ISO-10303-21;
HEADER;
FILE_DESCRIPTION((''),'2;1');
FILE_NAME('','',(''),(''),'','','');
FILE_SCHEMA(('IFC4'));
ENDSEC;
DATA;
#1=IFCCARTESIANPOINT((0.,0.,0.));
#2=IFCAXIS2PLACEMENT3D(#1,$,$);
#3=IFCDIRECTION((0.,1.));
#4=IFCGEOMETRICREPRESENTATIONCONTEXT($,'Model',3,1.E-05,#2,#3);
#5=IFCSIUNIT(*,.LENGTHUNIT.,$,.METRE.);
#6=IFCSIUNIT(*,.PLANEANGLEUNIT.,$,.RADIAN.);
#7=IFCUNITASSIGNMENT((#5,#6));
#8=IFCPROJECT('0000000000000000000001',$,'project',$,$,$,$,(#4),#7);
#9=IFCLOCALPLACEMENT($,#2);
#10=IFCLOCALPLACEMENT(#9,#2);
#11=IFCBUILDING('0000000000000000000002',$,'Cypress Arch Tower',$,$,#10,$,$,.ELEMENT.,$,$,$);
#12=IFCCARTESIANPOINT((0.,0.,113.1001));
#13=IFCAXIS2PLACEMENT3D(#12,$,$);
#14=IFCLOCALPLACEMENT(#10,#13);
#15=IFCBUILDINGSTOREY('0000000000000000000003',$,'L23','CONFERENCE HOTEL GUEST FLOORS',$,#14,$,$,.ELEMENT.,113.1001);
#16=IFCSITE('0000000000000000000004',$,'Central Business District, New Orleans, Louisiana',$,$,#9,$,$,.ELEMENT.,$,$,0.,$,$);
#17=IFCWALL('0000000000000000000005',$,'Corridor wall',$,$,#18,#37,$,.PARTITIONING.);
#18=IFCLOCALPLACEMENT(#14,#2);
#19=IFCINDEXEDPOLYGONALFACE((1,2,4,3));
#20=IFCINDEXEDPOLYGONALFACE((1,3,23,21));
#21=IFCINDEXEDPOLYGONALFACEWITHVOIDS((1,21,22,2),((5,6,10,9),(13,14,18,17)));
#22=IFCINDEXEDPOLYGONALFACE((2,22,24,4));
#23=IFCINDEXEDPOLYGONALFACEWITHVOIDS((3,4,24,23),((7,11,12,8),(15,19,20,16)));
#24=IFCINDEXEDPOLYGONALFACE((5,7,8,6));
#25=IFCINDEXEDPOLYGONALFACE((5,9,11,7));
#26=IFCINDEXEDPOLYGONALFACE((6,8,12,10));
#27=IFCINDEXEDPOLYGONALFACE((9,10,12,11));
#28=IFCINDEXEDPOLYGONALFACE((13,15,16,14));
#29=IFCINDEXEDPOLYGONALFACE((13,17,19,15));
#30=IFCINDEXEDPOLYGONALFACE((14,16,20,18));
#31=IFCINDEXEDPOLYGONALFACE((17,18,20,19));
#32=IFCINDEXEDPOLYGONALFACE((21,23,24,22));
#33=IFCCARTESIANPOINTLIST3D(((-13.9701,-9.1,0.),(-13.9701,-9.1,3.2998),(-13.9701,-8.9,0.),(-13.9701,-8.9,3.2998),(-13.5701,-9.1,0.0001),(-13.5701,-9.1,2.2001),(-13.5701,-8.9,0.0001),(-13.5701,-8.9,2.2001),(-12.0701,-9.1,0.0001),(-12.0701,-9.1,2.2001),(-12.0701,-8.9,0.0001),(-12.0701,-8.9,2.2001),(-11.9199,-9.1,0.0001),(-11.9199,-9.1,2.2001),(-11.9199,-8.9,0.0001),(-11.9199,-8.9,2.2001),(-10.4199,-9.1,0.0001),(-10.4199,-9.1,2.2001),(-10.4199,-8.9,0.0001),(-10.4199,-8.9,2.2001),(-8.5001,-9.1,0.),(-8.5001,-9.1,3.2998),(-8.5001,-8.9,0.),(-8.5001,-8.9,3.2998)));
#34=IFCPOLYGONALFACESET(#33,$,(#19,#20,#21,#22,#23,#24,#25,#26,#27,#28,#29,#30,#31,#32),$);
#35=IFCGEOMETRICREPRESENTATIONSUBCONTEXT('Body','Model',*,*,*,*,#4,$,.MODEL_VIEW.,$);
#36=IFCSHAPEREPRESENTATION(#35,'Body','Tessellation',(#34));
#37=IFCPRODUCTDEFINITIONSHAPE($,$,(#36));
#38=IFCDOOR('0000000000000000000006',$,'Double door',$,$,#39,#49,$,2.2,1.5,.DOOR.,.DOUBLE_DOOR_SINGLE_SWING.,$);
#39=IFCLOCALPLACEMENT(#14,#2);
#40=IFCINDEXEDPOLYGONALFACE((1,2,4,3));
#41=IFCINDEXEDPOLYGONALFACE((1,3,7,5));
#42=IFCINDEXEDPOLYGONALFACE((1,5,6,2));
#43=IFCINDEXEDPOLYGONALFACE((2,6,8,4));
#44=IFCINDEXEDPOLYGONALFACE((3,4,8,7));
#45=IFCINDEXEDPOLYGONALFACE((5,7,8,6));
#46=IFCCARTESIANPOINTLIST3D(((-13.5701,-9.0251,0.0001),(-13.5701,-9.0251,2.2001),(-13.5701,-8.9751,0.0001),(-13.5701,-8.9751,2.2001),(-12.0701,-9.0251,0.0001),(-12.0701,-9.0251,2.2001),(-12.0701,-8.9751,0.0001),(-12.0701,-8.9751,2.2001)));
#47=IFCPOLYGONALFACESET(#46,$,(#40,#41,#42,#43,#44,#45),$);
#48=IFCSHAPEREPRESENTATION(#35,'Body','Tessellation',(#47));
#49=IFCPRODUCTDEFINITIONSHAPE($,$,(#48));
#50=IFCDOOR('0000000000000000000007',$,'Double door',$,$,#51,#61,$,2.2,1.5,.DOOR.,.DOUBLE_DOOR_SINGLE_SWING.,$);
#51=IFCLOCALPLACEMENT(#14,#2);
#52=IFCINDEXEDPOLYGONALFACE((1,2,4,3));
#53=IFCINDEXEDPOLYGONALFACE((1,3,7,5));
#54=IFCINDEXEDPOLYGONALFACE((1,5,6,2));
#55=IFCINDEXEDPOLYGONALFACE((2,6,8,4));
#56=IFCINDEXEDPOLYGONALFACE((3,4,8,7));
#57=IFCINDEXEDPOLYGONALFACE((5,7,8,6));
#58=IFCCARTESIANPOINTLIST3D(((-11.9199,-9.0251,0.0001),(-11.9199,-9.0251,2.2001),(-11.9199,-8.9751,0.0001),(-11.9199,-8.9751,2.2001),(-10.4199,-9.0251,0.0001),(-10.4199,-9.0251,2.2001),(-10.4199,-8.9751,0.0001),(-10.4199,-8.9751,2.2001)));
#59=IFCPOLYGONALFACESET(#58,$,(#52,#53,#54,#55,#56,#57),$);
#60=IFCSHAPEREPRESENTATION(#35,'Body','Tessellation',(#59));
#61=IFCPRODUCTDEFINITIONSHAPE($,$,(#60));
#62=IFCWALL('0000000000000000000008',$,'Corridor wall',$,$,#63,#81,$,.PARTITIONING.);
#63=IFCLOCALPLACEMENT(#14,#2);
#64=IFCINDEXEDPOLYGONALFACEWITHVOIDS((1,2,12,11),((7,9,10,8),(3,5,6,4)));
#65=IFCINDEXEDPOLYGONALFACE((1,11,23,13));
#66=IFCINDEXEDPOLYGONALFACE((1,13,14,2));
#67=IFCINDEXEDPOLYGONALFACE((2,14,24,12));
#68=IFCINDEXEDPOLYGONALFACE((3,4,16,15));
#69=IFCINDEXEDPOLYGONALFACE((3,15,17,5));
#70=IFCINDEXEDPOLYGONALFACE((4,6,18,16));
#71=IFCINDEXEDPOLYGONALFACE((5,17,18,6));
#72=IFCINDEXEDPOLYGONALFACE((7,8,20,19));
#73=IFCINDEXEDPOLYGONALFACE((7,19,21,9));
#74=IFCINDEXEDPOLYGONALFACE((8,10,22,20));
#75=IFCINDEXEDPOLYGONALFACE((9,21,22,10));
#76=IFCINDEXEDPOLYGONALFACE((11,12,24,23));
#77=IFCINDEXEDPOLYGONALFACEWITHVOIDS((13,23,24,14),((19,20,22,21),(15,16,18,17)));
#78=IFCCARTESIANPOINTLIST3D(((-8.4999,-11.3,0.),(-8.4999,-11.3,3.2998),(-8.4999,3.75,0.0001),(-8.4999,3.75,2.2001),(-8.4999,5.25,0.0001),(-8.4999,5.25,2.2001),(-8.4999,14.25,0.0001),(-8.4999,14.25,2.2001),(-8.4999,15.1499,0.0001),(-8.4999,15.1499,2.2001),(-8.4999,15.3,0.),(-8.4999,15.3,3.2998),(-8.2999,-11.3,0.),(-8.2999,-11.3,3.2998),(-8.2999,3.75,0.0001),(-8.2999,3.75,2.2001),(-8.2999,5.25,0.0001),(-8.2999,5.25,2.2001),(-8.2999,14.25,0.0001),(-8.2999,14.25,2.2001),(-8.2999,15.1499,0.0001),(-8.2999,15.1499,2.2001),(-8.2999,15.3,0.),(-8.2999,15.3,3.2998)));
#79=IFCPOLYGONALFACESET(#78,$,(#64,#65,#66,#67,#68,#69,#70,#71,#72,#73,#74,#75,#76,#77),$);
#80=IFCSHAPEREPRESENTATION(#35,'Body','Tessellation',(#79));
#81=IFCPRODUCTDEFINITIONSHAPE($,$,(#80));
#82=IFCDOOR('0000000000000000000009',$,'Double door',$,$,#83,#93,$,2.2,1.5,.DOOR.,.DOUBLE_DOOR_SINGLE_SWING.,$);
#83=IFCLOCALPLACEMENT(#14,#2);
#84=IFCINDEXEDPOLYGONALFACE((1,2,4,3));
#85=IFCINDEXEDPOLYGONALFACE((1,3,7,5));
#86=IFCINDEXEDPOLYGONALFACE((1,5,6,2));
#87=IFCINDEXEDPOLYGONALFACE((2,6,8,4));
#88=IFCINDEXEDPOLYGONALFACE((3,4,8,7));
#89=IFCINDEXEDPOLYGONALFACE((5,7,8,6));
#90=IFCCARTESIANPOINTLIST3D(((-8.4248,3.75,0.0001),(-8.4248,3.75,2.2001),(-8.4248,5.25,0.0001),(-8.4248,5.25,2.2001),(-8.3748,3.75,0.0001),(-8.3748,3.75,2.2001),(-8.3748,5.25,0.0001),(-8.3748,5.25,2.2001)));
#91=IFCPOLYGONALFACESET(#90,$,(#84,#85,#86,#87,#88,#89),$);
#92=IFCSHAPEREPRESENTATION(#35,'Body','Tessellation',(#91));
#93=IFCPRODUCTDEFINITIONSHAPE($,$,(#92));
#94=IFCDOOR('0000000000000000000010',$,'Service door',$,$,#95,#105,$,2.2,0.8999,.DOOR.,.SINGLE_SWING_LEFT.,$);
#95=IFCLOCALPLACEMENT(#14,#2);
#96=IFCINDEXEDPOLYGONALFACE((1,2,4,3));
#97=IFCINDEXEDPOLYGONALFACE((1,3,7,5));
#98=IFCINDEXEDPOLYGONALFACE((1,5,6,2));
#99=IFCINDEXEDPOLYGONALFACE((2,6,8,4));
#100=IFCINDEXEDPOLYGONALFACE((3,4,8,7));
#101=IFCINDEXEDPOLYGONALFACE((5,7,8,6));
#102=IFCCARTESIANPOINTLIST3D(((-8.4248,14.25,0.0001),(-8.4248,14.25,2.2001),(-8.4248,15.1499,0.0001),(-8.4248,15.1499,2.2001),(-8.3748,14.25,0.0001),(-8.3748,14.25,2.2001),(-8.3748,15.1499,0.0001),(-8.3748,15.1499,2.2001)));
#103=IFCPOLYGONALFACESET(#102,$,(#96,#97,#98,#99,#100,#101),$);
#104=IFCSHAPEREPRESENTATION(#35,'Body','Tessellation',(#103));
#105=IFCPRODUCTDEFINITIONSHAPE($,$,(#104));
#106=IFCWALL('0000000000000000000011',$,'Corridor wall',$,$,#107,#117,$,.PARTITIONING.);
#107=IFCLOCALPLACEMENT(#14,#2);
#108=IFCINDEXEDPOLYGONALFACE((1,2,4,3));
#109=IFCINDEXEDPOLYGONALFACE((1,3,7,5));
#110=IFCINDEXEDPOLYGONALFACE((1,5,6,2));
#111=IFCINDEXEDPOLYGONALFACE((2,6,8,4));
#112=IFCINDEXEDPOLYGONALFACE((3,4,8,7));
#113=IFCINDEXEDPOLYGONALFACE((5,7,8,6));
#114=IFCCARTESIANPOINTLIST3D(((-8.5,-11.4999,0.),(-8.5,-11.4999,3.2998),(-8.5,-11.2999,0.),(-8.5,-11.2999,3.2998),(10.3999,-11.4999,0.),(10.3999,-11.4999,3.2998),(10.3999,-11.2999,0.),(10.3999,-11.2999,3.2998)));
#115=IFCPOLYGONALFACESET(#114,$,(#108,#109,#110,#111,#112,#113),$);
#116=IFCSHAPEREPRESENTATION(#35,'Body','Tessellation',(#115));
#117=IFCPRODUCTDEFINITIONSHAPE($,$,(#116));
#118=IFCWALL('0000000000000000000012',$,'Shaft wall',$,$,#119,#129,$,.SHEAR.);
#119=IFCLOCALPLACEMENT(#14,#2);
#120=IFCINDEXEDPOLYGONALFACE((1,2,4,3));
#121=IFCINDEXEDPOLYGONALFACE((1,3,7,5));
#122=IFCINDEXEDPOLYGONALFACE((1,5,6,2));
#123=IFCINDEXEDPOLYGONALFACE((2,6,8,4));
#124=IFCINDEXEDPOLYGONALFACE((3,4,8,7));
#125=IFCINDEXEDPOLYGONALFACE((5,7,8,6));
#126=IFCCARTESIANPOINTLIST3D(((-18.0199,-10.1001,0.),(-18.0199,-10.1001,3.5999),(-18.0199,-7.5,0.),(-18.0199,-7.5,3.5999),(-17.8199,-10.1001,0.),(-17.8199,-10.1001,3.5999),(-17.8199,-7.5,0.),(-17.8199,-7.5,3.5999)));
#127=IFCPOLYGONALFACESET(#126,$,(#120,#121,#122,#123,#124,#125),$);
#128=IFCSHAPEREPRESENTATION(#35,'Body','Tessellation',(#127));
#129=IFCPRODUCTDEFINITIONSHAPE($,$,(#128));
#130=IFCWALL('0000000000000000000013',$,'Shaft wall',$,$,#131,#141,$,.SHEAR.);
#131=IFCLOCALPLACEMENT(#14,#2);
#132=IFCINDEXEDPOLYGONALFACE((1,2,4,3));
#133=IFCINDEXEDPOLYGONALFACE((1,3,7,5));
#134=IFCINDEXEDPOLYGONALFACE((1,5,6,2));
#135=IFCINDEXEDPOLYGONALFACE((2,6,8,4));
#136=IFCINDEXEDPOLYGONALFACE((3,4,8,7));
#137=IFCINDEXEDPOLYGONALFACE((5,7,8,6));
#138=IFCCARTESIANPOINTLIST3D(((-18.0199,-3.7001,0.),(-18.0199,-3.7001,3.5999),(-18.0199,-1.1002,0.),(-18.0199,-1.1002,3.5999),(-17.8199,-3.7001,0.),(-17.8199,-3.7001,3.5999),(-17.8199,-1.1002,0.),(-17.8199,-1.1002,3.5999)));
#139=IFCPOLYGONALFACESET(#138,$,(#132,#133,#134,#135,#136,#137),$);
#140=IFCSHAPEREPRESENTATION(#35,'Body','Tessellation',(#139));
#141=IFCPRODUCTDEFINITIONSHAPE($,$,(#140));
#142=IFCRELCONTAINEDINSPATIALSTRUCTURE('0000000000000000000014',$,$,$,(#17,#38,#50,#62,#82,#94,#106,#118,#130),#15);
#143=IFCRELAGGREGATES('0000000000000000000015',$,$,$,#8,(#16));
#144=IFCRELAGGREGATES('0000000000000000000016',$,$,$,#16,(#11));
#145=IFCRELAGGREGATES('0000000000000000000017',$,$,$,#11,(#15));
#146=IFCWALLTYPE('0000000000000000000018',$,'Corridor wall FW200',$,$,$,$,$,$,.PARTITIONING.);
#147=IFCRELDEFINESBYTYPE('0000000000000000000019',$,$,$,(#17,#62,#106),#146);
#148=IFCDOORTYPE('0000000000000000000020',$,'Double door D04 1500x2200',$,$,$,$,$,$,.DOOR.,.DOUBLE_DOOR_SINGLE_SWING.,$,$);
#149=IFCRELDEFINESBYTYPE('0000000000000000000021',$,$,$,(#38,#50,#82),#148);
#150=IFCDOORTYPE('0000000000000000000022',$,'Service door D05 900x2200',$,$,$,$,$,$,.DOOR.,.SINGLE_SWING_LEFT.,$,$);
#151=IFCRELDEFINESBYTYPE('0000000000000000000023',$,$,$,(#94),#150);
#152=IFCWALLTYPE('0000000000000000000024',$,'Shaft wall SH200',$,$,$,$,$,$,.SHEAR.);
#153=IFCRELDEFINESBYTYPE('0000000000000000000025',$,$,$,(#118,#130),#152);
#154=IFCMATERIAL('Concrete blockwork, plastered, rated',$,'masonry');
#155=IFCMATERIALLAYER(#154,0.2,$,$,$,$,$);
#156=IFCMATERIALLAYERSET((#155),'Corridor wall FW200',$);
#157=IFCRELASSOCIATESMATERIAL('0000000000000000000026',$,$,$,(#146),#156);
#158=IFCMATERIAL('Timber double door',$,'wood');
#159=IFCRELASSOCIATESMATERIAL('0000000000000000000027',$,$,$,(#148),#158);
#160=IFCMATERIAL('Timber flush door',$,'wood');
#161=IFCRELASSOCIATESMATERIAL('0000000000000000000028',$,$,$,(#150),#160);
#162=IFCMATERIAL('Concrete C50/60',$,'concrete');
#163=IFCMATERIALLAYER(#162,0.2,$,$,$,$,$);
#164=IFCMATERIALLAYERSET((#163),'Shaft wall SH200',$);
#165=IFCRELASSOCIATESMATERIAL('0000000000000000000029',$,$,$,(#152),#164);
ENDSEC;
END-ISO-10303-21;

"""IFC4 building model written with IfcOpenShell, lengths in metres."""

from ifc_helpers import new_model, si_unit, direction, frame, frame_2d, origin, place, context, subcontext, project, spatial, rectangle, extrude, material, layer, layer_set, type_object, element, fill, save


model = new_model("IFC4")

# Units and contexts
model_context = context("Model", 3, precision=1e-05, world=origin(), true_north=direction((0.0, 1.0)))
body_context = subcontext(model_context, "Body", "Model", "MODEL_VIEW")
ifc_project = project(units=[si_unit("LENGTHUNIT", "METRE"), si_unit("PLANEANGLEUNIT", "RADIAN")], contexts=[model_context])

# Site, building, storey
site_placement = place(None, origin())
site = spatial("IfcSite", under=ifc_project, at=site_placement, Name="Central Business District, New Orleans, Louisiana", CompositionType="ELEMENT", RefElevation=0.0)
building_placement = place(site_placement, origin())
building = spatial("IfcBuilding", under=site, at=building_placement, Name="Cypress Arch Tower", CompositionType="ELEMENT")
storey_placement = place(building_placement, frame((0.0, 0.0, 113.1001)))
storey = spatial("IfcBuildingStorey", under=building, at=storey_placement, Name="L23", Description="CONFERENCE HOTEL GUEST FLOORS", CompositionType="ELEMENT", Elevation=113.1001)

# Shared definitions
ifc_material_1 = material(Name="Concrete blockwork, plastered, rated", Category="masonry")
ifc_layer_1 = layer(ifc_material_1, 0.2)
ifc_layer_set_1 = layer_set([ifc_layer_1], Name="Corridor wall FW200")
wall_type_1 = type_object("IfcWallType", Name="Corridor wall FW200", PredefinedType="PARTITIONING", material=ifc_layer_set_1)

# Walls, openings, doors
wall_1_placement = place(storey_placement, frame((-13.97, -9.0, 0.0), z_axis=(0.0, 0.0, 1.0), x_axis=(1.0, 0.0, 0.0)))
wall_1 = element("IfcWall", 1, at=wall_1_placement, inside=storey, type_object=wall_type_1, Name="Corridor wall", PredefinedType="PARTITIONING", context=body_context, shape_type="SweptSolid", body=[
    extrude(rectangle(XDim=5.47, YDim=0.2, at=frame_2d((2.7349, 0.0))), origin(), (0.0, 0.0, 1.0), 3.2998),
])
opening_1_placement = place(wall_1_placement, frame((0.3999, 0.0, 0.0)))
opening_1 = element("IfcOpeningElement", 2, at=opening_1_placement, cuts=wall_1, PredefinedType="OPENING", context=body_context, shape_type="SweptSolid", body=[
    extrude(rectangle(XDim=1.5, YDim=2.2, at=frame_2d((0.75, 1.1001))), frame((0.0, 0.1099, 0.0), z_axis=(0.0, -1.0, 0.0), x_axis=(1.0, 0.0, 0.0)), (0.0, 0.0, 1.0), 0.22),
])
opening_2_placement = place(wall_1_placement, frame((2.05, 0.0, 0.0)))
opening_2 = element("IfcOpeningElement", 3, at=opening_2_placement, cuts=wall_1, PredefinedType="OPENING", context=body_context, shape_type="SweptSolid", body=[
    extrude(rectangle(XDim=1.5, YDim=2.2, at=frame_2d((0.75, 1.1001))), frame((0.0, 0.1099, 0.0), z_axis=(0.0, -1.0, 0.0), x_axis=(1.0, 0.0, 0.0)), (0.0, 0.0, 1.0), 0.22),
])
ifc_material_2 = material(Name="Timber double door", Category="wood")
door_type_1 = type_object("IfcDoorType", Name="Double door D04 1500x2200", OperationType="DOUBLE_DOOR_SINGLE_SWING", PredefinedType="DOOR", material=ifc_material_2)
door_1_placement = place(opening_1_placement, origin())
door_1 = element("IfcDoor", 4, at=door_1_placement, inside=storey, type_object=door_type_1, Name="Double door", OperationType="DOUBLE_DOOR_SINGLE_SWING", OverallHeight=2.2, OverallWidth=1.5, PredefinedType="DOOR", context=body_context, shape_type="SweptSolid", body=[
    extrude(rectangle(XDim=1.5, YDim=2.2, at=frame_2d((0.75, 1.1001))), frame((0.0, 0.0249, 0.0), z_axis=(0.0, -1.0, 0.0), x_axis=(1.0, 0.0, 0.0)), (0.0, 0.0, 1.0), 0.05),
])
fill(opening_1, door_1)
door_2_placement = place(opening_2_placement, origin())
door_2 = element("IfcDoor", 5, at=door_2_placement, inside=storey, type_object=door_type_1, Name="Double door", OperationType="DOUBLE_DOOR_SINGLE_SWING", OverallHeight=2.2, OverallWidth=1.5, PredefinedType="DOOR", context=body_context, shape_type="SweptSolid", body=[
    extrude(rectangle(XDim=1.5, YDim=2.2, at=frame_2d((0.75, 1.1001))), frame((0.0, 0.0249, 0.0), z_axis=(0.0, -1.0, 0.0), x_axis=(1.0, 0.0, 0.0)), (0.0, 0.0, 1.0), 0.05),
])
fill(opening_2, door_2)
wall_2_placement = place(storey_placement, frame((-8.3999, -11.3, 0.0), z_axis=(0.0, 0.0, 1.0), x_axis=(0.0, 1.0, 0.0)))
wall_2 = element("IfcWall", 6, at=wall_2_placement, inside=storey, type_object=wall_type_1, Name="Corridor wall", PredefinedType="PARTITIONING", context=body_context, shape_type="SweptSolid", body=[
    extrude(rectangle(XDim=26.6001, YDim=0.2, at=frame_2d((13.3, 0.0))), origin(), (0.0, 0.0, 1.0), 3.2998),
])
opening_3_placement = place(wall_2_placement, frame((15.05, 0.0, 0.0)))
opening_3 = element("IfcOpeningElement", 7, at=opening_3_placement, cuts=wall_2, PredefinedType="OPENING", context=body_context, shape_type="SweptSolid", body=[
    extrude(rectangle(XDim=1.5, YDim=2.2, at=frame_2d((0.75, 1.1001))), frame((0.0, 0.1099, 0.0), z_axis=(0.0, -1.0, 0.0), x_axis=(1.0, 0.0, 0.0)), (0.0, 0.0, 1.0), 0.22),
])
opening_4_placement = place(wall_2_placement, frame((25.55, 0.0, 0.0)))
opening_4 = element("IfcOpeningElement", 8, at=opening_4_placement, cuts=wall_2, PredefinedType="OPENING", context=body_context, shape_type="SweptSolid", body=[
    extrude(rectangle(XDim=0.8999, YDim=2.2, at=frame_2d((0.45, 1.1001))), frame((0.0, 0.1099, 0.0), z_axis=(0.0, -1.0, 0.0), x_axis=(1.0, 0.0, 0.0)), (0.0, 0.0, 1.0), 0.22),
])
door_3_placement = place(opening_3_placement, origin())
door_3 = element("IfcDoor", 9, at=door_3_placement, inside=storey, type_object=door_type_1, Name="Double door", OperationType="DOUBLE_DOOR_SINGLE_SWING", OverallHeight=2.2, OverallWidth=1.5, PredefinedType="DOOR", context=body_context, shape_type="SweptSolid", body=[
    extrude(rectangle(XDim=1.5, YDim=2.2, at=frame_2d((0.75, 1.1001))), frame((0.0, 0.0249, 0.0), z_axis=(0.0, -1.0, 0.0), x_axis=(1.0, 0.0, 0.0)), (0.0, 0.0, 1.0), 0.05),
])
fill(opening_3, door_3)
ifc_material_3 = material(Name="Timber flush door", Category="wood")
door_type_2 = type_object("IfcDoorType", Name="Service door D05 900x2200", OperationType="SINGLE_SWING_LEFT", PredefinedType="DOOR", material=ifc_material_3)
door_4_placement = place(opening_4_placement, origin())
door_4 = element("IfcDoor", 10, at=door_4_placement, inside=storey, type_object=door_type_2, Name="Service door", OperationType="SINGLE_SWING_LEFT", OverallHeight=2.2, OverallWidth=0.8999, PredefinedType="DOOR", context=body_context, shape_type="SweptSolid", body=[
    extrude(rectangle(XDim=0.8999, YDim=2.2, at=frame_2d((0.45, 1.1001))), frame((0.0, 0.0249, 0.0), z_axis=(0.0, -1.0, 0.0), x_axis=(1.0, 0.0, 0.0)), (0.0, 0.0, 1.0), 0.05),
])
fill(opening_4, door_4)

# Walls
wall_3_placement = place(storey_placement, frame((-8.5, -11.3999, 0.0), z_axis=(0.0, 0.0, 1.0), x_axis=(1.0, 0.0, 0.0)))
element("IfcWall", 11, at=wall_3_placement, inside=storey, type_object=wall_type_1, Name="Corridor wall", PredefinedType="PARTITIONING", context=body_context, shape_type="SweptSolid", body=[
    extrude(rectangle(XDim=18.8999, YDim=0.2, at=frame_2d((9.45, 0.0))), origin(), (0.0, 0.0, 1.0), 3.2998),
])
ifc_material_4 = material(Name="Concrete C50/60", Category="concrete")
ifc_layer_2 = layer(ifc_material_4, 0.2)
ifc_layer_set_2 = layer_set([ifc_layer_2], Name="Shaft wall SH200")
wall_type_2 = type_object("IfcWallType", Name="Shaft wall SH200", PredefinedType="SHEAR", material=ifc_layer_set_2)
wall_4_placement = place(storey_placement, frame((-17.9199, -10.1001, 0.0), z_axis=(0.0, 0.0, 1.0), x_axis=(0.0, 1.0, 0.0)))
element("IfcWall", 12, at=wall_4_placement, inside=storey, type_object=wall_type_2, Name="Shaft wall", PredefinedType="SHEAR", context=body_context, shape_type="SweptSolid", body=[
    extrude(rectangle(XDim=2.6001, YDim=0.2, at=frame_2d((1.3, 0.0))), origin(), (0.0, 0.0, 1.0), 3.5999),
])
wall_5_placement = place(storey_placement, frame((-17.9199, -3.7, 0.0), z_axis=(0.0, 0.0, 1.0), x_axis=(0.0, 1.0, 0.0)))
element("IfcWall", 13, at=wall_5_placement, inside=storey, type_object=wall_type_2, Name="Shaft wall", PredefinedType="SHEAR", context=body_context, shape_type="SweptSolid", body=[
    extrude(rectangle(XDim=2.5999, YDim=0.2, at=frame_2d((1.2998, 0.0))), origin(), (0.0, 0.0, 1.0), 3.5999),
])

save(model, "model.ifc")
